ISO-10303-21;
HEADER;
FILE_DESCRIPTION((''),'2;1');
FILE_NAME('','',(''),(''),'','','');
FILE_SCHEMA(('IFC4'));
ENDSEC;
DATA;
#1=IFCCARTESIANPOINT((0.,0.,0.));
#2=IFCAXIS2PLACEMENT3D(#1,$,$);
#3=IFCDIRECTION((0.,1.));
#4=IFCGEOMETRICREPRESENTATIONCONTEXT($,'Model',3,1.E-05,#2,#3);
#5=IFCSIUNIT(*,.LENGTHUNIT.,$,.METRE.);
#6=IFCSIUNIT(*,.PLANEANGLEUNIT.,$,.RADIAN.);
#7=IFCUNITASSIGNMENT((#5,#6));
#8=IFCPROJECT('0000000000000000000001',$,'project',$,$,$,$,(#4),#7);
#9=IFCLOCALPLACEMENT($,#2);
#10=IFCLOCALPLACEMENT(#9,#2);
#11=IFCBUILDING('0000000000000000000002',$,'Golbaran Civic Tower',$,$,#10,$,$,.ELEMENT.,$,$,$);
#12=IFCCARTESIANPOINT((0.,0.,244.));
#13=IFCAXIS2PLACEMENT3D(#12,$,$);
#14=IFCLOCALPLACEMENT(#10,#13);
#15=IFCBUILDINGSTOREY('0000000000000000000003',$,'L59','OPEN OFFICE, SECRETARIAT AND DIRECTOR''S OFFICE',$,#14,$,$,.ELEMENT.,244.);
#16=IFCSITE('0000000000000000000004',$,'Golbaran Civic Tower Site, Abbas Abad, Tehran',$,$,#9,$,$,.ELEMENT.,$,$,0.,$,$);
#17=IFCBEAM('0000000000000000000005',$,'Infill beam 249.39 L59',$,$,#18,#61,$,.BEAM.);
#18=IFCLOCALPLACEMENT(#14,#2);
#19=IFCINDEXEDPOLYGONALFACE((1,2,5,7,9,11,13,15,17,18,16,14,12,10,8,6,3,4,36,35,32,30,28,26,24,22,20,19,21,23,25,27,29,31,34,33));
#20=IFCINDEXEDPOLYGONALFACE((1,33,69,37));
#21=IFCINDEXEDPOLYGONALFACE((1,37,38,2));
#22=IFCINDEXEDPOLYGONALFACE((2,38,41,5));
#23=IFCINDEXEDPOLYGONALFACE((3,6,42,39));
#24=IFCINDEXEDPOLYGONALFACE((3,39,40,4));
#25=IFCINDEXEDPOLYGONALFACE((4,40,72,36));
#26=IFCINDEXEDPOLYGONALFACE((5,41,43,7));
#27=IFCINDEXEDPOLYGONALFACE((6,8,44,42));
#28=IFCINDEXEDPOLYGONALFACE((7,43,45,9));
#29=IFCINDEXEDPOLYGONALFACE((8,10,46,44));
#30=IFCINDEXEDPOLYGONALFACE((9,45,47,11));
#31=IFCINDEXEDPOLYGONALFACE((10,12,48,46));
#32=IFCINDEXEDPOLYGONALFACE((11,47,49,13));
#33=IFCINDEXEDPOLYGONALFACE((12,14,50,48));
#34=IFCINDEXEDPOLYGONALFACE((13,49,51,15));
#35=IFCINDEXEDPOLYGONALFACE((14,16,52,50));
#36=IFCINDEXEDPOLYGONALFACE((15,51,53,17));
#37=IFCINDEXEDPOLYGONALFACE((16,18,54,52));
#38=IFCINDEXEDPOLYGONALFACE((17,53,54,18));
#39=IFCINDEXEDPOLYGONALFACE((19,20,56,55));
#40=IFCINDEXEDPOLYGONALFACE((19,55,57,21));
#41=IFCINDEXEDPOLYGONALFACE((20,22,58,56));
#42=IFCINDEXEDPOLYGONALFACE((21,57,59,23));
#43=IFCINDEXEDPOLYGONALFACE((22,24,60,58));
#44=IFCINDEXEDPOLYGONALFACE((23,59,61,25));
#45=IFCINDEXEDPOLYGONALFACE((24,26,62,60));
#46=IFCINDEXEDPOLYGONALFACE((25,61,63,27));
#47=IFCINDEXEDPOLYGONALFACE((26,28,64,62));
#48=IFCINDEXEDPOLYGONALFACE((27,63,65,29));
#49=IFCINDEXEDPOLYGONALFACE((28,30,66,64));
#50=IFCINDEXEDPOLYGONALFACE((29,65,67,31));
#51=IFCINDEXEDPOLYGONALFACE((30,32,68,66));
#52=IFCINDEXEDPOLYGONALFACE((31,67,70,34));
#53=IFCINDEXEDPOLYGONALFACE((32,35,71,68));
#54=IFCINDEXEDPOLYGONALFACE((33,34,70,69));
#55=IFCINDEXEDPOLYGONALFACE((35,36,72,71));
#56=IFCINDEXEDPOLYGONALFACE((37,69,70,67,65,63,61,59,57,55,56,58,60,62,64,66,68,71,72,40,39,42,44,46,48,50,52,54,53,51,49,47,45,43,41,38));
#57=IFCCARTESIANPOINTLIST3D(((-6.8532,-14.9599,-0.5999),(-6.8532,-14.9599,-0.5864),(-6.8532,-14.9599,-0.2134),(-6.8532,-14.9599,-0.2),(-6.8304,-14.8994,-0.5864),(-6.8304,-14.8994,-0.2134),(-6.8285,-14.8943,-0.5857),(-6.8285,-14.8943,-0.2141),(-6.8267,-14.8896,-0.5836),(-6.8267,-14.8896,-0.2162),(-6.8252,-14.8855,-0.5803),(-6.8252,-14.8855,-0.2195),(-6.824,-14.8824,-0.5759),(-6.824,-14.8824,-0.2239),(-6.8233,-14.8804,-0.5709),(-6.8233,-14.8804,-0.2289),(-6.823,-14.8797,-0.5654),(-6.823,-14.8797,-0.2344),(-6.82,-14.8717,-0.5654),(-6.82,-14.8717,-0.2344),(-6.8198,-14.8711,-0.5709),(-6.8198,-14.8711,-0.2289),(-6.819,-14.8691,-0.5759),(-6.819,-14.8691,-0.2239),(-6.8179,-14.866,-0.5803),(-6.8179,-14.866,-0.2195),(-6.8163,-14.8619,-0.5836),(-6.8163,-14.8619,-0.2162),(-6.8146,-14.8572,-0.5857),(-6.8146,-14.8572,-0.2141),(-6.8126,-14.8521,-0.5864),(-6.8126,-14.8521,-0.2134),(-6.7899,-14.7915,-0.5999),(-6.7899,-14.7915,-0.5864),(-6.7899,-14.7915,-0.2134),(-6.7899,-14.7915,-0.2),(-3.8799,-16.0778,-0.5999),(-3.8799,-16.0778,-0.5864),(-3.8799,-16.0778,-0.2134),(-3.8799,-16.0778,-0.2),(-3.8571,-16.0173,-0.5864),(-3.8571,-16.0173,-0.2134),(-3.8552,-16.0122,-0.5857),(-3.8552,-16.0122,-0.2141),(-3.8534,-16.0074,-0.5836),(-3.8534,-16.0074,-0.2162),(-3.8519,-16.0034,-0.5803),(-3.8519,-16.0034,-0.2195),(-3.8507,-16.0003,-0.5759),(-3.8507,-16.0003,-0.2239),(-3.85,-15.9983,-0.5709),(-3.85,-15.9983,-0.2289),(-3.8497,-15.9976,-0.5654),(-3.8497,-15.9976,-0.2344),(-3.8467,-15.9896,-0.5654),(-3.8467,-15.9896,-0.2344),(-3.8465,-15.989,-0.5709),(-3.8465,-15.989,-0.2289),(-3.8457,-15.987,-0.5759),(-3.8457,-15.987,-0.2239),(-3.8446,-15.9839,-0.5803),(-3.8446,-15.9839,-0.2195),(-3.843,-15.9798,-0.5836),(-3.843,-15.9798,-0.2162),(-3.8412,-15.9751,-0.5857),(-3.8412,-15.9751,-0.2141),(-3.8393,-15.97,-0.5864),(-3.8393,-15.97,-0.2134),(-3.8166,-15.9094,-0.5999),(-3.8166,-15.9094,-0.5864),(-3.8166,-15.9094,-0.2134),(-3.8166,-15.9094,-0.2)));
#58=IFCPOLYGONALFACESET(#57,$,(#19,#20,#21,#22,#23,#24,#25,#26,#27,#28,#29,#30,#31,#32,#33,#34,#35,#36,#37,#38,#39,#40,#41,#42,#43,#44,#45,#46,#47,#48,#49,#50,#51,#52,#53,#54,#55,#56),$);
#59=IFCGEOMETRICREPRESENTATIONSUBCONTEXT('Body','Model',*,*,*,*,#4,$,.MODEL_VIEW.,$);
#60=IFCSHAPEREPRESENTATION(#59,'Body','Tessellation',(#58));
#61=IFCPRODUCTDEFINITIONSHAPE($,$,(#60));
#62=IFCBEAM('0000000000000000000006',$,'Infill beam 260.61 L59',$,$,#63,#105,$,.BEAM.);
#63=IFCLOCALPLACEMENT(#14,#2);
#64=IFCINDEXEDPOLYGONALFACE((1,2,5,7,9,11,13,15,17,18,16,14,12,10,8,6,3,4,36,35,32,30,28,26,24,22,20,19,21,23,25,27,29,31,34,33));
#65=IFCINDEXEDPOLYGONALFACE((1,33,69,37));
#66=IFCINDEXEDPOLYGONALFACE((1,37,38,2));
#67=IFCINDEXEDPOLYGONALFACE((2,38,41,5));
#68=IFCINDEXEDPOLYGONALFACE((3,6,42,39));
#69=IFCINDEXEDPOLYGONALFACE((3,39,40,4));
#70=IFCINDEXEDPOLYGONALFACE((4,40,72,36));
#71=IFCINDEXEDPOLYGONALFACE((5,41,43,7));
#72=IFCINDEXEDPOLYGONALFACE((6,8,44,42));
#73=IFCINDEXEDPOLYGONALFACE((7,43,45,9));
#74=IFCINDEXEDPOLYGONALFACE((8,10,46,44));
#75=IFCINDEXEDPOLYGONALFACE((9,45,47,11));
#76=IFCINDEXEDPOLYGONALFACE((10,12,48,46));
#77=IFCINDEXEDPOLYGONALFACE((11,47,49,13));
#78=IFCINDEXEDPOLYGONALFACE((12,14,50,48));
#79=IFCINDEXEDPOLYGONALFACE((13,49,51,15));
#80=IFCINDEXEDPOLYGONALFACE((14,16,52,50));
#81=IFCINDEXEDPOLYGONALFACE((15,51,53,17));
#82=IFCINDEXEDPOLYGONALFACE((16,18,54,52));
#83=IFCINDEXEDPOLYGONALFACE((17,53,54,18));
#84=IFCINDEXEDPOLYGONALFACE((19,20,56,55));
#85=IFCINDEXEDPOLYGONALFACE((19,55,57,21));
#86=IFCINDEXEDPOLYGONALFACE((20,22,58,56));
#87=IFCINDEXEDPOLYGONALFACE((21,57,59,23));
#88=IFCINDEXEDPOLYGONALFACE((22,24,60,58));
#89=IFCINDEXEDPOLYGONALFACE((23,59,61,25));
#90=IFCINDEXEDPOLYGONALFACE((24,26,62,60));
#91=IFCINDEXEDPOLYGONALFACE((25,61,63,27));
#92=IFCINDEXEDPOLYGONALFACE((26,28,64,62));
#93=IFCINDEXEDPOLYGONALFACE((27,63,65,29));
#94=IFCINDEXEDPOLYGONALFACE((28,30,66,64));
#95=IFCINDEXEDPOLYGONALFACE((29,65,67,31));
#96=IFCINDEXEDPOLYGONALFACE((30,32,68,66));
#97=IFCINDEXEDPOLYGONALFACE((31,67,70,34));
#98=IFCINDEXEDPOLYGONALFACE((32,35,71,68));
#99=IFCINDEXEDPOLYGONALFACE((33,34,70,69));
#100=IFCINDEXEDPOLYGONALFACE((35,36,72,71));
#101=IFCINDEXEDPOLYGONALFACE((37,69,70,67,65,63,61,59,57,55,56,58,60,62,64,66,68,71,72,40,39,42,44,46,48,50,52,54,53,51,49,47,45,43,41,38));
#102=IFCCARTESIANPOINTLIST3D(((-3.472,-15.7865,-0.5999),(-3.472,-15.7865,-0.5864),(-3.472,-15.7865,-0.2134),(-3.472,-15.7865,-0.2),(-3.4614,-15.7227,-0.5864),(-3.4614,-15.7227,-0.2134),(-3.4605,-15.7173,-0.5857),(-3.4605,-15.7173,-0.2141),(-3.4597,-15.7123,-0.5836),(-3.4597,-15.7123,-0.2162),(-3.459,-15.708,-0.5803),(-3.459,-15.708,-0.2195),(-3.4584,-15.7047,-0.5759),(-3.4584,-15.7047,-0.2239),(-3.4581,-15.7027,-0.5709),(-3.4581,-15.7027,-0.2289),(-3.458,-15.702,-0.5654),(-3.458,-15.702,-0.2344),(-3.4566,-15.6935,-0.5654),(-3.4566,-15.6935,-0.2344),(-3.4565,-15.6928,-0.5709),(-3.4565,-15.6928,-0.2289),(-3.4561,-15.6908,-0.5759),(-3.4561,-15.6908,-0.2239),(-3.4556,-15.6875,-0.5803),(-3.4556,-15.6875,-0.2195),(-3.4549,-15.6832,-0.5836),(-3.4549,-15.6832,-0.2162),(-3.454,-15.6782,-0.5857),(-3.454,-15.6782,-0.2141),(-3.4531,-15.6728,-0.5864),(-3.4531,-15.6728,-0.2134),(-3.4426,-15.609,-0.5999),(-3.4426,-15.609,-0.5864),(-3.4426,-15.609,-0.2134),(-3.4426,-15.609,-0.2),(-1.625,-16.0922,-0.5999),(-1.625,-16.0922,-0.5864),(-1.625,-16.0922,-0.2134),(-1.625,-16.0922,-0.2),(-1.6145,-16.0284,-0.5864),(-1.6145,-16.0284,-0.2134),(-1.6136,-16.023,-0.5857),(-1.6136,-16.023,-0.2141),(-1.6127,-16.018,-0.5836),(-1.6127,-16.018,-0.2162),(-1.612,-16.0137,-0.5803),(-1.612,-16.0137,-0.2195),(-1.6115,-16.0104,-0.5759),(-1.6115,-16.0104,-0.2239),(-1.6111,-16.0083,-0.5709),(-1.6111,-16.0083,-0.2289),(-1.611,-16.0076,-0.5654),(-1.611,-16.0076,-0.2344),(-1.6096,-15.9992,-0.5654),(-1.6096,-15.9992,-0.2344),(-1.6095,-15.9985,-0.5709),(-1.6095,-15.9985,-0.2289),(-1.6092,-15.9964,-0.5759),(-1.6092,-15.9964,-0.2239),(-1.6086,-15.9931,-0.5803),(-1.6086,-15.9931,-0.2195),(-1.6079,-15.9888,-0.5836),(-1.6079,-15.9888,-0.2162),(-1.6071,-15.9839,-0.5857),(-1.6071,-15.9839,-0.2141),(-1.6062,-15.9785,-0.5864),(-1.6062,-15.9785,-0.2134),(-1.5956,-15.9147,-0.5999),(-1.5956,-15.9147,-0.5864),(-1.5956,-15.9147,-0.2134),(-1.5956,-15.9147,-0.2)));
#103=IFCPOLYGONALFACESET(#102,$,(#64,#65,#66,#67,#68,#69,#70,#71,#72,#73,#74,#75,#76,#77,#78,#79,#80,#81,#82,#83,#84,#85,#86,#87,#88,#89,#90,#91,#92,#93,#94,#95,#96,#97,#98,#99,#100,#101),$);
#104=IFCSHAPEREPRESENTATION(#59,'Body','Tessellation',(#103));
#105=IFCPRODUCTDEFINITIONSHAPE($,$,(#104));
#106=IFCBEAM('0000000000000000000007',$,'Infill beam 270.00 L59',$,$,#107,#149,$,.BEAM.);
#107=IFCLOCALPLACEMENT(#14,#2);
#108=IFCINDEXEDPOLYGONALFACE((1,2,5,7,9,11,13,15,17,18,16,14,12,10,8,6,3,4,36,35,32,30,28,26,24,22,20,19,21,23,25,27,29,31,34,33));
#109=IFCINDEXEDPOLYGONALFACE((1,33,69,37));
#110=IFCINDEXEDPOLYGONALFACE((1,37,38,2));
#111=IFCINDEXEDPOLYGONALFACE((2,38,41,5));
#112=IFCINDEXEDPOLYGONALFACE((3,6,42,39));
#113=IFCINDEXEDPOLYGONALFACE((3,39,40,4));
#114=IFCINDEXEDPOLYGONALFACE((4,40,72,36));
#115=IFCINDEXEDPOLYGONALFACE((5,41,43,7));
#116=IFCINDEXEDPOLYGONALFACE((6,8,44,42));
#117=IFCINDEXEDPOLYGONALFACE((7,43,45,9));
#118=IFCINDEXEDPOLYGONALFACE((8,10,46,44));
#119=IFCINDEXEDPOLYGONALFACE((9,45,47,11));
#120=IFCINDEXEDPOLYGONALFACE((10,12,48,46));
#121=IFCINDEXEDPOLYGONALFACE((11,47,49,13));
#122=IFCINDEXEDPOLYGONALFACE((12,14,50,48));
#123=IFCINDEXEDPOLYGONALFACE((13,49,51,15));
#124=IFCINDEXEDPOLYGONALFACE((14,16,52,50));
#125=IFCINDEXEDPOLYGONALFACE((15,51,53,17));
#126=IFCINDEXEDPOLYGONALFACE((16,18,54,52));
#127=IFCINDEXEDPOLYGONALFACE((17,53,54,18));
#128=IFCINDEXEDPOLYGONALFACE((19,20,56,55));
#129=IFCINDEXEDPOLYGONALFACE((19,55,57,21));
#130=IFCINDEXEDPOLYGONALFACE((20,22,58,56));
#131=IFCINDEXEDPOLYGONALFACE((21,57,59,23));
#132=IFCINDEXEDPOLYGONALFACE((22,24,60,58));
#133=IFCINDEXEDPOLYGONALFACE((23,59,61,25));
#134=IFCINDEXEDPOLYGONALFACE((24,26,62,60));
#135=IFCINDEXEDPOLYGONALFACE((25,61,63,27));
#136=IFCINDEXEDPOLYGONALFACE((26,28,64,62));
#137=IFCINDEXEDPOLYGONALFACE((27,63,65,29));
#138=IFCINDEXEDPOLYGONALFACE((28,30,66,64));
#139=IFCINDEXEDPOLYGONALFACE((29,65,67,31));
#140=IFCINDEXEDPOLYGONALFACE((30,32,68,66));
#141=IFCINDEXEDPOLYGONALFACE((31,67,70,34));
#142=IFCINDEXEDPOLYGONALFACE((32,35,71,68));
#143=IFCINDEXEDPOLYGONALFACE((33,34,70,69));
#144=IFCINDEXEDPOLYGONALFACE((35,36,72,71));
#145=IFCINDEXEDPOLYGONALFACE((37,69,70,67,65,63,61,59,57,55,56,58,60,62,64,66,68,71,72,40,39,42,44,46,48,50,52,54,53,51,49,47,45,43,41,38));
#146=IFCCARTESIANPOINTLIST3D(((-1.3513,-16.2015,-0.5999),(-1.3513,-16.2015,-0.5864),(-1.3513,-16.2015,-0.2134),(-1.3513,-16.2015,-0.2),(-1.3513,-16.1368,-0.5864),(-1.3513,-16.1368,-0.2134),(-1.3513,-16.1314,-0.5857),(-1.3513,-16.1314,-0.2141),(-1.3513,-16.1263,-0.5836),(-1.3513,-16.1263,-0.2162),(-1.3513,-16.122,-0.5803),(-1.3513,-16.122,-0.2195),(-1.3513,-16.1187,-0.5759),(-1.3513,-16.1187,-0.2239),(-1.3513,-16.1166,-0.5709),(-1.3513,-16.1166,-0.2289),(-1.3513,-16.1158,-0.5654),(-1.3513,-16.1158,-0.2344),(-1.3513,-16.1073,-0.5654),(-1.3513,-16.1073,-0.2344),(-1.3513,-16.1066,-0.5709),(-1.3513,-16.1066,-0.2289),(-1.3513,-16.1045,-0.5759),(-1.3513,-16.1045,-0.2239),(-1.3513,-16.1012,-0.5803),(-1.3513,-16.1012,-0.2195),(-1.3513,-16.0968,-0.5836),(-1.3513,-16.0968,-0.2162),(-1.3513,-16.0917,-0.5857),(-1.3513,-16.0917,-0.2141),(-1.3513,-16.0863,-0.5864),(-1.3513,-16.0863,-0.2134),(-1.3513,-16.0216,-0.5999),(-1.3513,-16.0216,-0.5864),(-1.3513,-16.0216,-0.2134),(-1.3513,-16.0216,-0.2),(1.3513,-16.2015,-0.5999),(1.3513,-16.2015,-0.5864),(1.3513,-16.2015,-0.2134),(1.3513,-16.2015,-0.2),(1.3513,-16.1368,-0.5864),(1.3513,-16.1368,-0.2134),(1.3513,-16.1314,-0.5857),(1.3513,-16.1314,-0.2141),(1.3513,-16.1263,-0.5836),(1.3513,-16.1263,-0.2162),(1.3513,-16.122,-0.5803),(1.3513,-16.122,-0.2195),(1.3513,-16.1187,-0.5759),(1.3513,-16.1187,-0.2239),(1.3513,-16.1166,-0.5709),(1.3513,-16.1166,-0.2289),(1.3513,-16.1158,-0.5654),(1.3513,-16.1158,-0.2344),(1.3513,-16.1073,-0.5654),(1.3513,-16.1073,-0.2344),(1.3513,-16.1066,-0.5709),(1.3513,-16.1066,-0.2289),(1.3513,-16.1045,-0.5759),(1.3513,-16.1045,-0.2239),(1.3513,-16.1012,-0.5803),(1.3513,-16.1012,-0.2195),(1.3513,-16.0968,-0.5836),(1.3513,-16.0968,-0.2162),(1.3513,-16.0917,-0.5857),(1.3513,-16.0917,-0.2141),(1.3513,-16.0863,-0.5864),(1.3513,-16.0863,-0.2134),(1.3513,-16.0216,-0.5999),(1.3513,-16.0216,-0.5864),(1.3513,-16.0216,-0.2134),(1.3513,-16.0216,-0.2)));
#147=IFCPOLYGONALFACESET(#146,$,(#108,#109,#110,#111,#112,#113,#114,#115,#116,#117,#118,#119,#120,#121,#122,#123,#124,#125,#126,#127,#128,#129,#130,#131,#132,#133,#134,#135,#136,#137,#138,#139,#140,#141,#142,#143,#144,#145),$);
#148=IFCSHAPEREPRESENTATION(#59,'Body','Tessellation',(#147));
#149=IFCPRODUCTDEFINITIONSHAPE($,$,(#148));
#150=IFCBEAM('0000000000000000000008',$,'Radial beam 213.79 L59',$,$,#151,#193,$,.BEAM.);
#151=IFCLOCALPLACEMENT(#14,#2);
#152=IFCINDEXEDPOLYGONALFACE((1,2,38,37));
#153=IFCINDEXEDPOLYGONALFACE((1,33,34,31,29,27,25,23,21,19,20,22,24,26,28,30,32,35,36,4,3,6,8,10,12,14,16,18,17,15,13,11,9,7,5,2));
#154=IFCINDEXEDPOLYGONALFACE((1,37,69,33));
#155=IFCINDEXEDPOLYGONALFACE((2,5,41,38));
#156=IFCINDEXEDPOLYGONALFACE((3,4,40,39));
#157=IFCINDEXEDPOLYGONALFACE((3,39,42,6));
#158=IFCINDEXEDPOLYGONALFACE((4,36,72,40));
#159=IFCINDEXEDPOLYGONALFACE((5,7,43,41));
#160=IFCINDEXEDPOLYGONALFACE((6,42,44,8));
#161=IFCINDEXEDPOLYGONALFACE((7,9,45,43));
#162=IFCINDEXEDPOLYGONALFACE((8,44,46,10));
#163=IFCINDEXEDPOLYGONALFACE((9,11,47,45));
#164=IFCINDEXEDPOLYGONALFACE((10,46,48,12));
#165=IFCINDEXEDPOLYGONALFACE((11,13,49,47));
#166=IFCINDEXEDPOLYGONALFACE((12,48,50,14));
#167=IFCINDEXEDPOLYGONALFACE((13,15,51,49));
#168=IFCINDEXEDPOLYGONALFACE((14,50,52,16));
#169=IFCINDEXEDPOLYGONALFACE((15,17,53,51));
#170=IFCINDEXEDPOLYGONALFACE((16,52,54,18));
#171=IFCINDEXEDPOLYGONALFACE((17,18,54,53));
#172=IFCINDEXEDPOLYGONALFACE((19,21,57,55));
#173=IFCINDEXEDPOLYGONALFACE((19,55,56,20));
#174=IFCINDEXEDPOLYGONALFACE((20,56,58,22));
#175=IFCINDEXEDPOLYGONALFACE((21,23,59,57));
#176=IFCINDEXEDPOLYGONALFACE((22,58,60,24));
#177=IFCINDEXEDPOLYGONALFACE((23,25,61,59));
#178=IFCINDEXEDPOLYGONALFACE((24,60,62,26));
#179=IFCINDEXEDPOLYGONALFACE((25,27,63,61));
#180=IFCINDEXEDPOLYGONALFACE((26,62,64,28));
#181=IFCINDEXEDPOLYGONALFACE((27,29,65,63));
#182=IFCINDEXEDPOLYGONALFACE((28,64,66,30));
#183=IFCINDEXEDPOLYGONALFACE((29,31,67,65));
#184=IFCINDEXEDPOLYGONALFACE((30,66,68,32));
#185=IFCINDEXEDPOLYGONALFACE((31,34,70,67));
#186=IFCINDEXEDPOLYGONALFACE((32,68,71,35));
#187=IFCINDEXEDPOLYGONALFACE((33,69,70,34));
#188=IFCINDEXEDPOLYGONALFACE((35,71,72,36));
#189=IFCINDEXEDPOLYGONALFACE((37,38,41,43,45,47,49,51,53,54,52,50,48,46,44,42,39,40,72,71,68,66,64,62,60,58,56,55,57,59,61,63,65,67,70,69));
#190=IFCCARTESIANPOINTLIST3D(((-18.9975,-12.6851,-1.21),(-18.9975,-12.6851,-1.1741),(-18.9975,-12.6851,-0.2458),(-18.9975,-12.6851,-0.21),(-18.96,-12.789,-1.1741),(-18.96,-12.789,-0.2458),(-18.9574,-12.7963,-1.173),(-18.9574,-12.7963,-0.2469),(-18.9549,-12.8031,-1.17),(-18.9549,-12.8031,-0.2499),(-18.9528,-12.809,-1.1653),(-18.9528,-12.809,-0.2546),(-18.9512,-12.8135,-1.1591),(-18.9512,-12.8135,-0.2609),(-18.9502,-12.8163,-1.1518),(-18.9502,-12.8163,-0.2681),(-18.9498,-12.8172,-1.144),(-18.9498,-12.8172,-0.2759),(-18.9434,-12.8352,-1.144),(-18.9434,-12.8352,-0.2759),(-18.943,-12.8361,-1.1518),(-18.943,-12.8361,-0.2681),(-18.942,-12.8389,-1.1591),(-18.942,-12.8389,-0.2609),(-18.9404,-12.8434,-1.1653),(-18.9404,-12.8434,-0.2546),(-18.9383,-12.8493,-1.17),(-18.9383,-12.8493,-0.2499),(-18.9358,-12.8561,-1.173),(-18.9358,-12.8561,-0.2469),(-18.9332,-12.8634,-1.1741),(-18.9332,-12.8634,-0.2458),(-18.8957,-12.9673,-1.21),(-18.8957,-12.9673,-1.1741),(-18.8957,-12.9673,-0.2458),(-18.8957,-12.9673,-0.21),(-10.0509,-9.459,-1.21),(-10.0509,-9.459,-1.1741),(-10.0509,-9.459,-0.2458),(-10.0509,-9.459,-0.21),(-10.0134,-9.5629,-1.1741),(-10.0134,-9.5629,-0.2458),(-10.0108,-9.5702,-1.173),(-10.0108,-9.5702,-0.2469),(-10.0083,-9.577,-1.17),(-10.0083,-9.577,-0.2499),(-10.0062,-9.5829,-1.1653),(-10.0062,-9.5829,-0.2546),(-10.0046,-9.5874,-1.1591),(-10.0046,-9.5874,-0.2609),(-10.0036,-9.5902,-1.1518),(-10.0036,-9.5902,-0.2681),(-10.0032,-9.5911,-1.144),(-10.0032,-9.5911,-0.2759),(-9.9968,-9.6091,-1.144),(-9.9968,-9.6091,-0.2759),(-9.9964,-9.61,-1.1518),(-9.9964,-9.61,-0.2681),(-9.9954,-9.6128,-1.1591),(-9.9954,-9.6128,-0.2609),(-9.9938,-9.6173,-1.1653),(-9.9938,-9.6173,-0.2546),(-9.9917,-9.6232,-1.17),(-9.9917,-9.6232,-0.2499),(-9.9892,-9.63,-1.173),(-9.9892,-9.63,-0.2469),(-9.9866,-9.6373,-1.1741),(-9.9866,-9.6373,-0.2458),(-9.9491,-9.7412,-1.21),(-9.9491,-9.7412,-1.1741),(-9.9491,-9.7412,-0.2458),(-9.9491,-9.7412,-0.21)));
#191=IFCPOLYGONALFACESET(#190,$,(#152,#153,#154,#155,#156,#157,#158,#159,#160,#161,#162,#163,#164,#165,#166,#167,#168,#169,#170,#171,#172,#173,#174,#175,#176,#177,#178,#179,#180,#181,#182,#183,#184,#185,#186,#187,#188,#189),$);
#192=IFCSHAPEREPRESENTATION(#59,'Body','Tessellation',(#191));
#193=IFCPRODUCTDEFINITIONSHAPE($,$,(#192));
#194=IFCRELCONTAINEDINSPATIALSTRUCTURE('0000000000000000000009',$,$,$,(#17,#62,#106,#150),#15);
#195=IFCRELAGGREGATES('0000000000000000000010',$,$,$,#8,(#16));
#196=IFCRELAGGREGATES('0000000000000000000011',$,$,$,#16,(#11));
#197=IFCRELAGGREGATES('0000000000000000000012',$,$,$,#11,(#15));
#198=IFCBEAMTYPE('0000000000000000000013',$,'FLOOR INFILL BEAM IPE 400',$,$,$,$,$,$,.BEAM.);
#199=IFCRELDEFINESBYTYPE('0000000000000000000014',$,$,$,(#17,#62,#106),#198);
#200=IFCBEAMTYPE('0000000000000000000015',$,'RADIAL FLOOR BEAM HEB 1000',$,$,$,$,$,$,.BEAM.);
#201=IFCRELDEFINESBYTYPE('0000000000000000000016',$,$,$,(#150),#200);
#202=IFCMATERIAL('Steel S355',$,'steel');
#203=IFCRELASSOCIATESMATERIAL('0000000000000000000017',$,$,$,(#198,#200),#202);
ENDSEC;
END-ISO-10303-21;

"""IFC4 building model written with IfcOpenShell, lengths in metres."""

from ifc_helpers import new_model, si_unit, direction, frame, origin, origin_2d, place, context, subcontext, project, spatial, i_section, extrude, material, material_profile, profile_set, type_object, element, save


model = new_model("IFC4")

# Units and contexts
model_context = context("Model", 3, precision=1e-05, world=origin(), true_north=direction((0.0, 1.0)))
body_context = subcontext(model_context, "Body", "Model", "MODEL_VIEW")
ifc_project = project(units=[si_unit("LENGTHUNIT", "METRE"), si_unit("PLANEANGLEUNIT", "RADIAN")], contexts=[model_context])

# Site, building, storey
site_placement = place(None, origin())
site = spatial("IfcSite", under=ifc_project, at=site_placement, Name="Golbaran Civic Tower Site, Abbas Abad, Tehran", CompositionType="ELEMENT", RefElevation=0.0)
building_placement = place(site_placement, origin())
building = spatial("IfcBuilding", under=site, at=building_placement, Name="Golbaran Civic Tower", CompositionType="ELEMENT")
storey_placement = place(building_placement, frame((0.0, 0.0, 244.0)))
storey = spatial("IfcBuildingStorey", under=building, at=storey_placement, Name="L59", Description="OPEN OFFICE, SECRETARIAT AND DIRECTOR'S OFFICE", CompositionType="ELEMENT", Elevation=244.0)

# Beams
ifc_material_1 = material(Name="Steel S355", Category="steel")
ifc_material_profile_1 = material_profile(ifc_material_1, i_section(OverallWidth=0.1799, OverallDepth=0.3999, WebThickness=0.0085, FlangeThickness=0.0134, FilletRadius=0.021, at=origin_2d()), Name="IPE 400")
ifc_profile_set_1 = profile_set([ifc_material_profile_1], Name="Steel S355")
beam_type_1 = type_object("IfcBeamType", Name="FLOOR INFILL BEAM IPE 400", PredefinedType="BEAM", material=ifc_profile_set_1)
beam_1_placement = place(storey_placement, frame((-6.8215, -14.8757, -0.3999), z_axis=(0.936029, -0.351923, 0.0), x_axis=(0.351923, 0.936029, 0.0)))
element("IfcBeam", 1, at=beam_1_placement, inside=storey, type_object=beam_type_1, Name="Infill beam 249.39 L59", PredefinedType="BEAM", context=body_context, shape_type="SweptSolid", body=[
    extrude(i_section(OverallWidth=0.1799, OverallDepth=0.3999, WebThickness=0.0085, FlangeThickness=0.0134, FilletRadius=0.021, at=origin_2d()), origin(), (0.0, 0.0, 1.0), 3.1765),
])
beam_2_placement = place(storey_placement, frame((-3.4573, -15.6978, -0.3999), z_axis=(0.98658, -0.163278, 0.0), x_axis=(0.163278, 0.98658, 0.0)))
element("IfcBeam", 2, at=beam_2_placement, inside=storey, type_object=beam_type_1, Name="Infill beam 260.61 L59", PredefinedType="BEAM", context=body_context, shape_type="SweptSolid", body=[
    extrude(i_section(OverallWidth=0.1799, OverallDepth=0.3999, WebThickness=0.0085, FlangeThickness=0.0134, FilletRadius=0.021, at=origin_2d()), origin(), (0.0, 0.0, 1.0), 1.8721),
])
beam_3_placement = place(storey_placement, frame((-1.3513, -16.1116, -0.3999), z_axis=(1.0, 0.0, 0.0), x_axis=(0.0, 1.0, 0.0)))
element("IfcBeam", 3, at=beam_3_placement, inside=storey, type_object=beam_type_1, Name="Infill beam 270.00 L59", PredefinedType="BEAM", context=body_context, shape_type="SweptSolid", body=[
    extrude(i_section(OverallWidth=0.1799, OverallDepth=0.3999, WebThickness=0.0085, FlangeThickness=0.0134, FilletRadius=0.021, at=origin_2d()), origin(), (0.0, 0.0, 1.0), 2.7026),
])
ifc_material_profile_2 = material_profile(ifc_material_1, i_section(OverallWidth=0.3, OverallDepth=1.0, WebThickness=0.019, FlangeThickness=0.0359, FilletRadius=0.03, at=origin_2d()), Name="HEB 1000")
ifc_profile_set_2 = profile_set([ifc_material_profile_2], Name="Steel S355")
beam_type_2 = type_object("IfcBeamType", Name="RADIAL FLOOR BEAM HEB 1000", PredefinedType="BEAM", material=ifc_profile_set_2)
beam_4_placement = place(storey_placement, frame((-10.0, -9.6001, -0.71), z_axis=(-0.940709, -0.339215, 0.0), x_axis=(0.339215, -0.940709, 0.0)))
element("IfcBeam", 4, at=beam_4_placement, inside=storey, type_object=beam_type_2, Name="Radial beam 213.79 L59", PredefinedType="BEAM", context=body_context, shape_type="SweptSolid", body=[
    extrude(i_section(OverallWidth=0.3, OverallDepth=1.0, WebThickness=0.019, FlangeThickness=0.0359, FilletRadius=0.03, at=origin_2d()), origin(), (0.0, 0.0, 1.0), 9.5105),
])

save(model, "model.ifc")
